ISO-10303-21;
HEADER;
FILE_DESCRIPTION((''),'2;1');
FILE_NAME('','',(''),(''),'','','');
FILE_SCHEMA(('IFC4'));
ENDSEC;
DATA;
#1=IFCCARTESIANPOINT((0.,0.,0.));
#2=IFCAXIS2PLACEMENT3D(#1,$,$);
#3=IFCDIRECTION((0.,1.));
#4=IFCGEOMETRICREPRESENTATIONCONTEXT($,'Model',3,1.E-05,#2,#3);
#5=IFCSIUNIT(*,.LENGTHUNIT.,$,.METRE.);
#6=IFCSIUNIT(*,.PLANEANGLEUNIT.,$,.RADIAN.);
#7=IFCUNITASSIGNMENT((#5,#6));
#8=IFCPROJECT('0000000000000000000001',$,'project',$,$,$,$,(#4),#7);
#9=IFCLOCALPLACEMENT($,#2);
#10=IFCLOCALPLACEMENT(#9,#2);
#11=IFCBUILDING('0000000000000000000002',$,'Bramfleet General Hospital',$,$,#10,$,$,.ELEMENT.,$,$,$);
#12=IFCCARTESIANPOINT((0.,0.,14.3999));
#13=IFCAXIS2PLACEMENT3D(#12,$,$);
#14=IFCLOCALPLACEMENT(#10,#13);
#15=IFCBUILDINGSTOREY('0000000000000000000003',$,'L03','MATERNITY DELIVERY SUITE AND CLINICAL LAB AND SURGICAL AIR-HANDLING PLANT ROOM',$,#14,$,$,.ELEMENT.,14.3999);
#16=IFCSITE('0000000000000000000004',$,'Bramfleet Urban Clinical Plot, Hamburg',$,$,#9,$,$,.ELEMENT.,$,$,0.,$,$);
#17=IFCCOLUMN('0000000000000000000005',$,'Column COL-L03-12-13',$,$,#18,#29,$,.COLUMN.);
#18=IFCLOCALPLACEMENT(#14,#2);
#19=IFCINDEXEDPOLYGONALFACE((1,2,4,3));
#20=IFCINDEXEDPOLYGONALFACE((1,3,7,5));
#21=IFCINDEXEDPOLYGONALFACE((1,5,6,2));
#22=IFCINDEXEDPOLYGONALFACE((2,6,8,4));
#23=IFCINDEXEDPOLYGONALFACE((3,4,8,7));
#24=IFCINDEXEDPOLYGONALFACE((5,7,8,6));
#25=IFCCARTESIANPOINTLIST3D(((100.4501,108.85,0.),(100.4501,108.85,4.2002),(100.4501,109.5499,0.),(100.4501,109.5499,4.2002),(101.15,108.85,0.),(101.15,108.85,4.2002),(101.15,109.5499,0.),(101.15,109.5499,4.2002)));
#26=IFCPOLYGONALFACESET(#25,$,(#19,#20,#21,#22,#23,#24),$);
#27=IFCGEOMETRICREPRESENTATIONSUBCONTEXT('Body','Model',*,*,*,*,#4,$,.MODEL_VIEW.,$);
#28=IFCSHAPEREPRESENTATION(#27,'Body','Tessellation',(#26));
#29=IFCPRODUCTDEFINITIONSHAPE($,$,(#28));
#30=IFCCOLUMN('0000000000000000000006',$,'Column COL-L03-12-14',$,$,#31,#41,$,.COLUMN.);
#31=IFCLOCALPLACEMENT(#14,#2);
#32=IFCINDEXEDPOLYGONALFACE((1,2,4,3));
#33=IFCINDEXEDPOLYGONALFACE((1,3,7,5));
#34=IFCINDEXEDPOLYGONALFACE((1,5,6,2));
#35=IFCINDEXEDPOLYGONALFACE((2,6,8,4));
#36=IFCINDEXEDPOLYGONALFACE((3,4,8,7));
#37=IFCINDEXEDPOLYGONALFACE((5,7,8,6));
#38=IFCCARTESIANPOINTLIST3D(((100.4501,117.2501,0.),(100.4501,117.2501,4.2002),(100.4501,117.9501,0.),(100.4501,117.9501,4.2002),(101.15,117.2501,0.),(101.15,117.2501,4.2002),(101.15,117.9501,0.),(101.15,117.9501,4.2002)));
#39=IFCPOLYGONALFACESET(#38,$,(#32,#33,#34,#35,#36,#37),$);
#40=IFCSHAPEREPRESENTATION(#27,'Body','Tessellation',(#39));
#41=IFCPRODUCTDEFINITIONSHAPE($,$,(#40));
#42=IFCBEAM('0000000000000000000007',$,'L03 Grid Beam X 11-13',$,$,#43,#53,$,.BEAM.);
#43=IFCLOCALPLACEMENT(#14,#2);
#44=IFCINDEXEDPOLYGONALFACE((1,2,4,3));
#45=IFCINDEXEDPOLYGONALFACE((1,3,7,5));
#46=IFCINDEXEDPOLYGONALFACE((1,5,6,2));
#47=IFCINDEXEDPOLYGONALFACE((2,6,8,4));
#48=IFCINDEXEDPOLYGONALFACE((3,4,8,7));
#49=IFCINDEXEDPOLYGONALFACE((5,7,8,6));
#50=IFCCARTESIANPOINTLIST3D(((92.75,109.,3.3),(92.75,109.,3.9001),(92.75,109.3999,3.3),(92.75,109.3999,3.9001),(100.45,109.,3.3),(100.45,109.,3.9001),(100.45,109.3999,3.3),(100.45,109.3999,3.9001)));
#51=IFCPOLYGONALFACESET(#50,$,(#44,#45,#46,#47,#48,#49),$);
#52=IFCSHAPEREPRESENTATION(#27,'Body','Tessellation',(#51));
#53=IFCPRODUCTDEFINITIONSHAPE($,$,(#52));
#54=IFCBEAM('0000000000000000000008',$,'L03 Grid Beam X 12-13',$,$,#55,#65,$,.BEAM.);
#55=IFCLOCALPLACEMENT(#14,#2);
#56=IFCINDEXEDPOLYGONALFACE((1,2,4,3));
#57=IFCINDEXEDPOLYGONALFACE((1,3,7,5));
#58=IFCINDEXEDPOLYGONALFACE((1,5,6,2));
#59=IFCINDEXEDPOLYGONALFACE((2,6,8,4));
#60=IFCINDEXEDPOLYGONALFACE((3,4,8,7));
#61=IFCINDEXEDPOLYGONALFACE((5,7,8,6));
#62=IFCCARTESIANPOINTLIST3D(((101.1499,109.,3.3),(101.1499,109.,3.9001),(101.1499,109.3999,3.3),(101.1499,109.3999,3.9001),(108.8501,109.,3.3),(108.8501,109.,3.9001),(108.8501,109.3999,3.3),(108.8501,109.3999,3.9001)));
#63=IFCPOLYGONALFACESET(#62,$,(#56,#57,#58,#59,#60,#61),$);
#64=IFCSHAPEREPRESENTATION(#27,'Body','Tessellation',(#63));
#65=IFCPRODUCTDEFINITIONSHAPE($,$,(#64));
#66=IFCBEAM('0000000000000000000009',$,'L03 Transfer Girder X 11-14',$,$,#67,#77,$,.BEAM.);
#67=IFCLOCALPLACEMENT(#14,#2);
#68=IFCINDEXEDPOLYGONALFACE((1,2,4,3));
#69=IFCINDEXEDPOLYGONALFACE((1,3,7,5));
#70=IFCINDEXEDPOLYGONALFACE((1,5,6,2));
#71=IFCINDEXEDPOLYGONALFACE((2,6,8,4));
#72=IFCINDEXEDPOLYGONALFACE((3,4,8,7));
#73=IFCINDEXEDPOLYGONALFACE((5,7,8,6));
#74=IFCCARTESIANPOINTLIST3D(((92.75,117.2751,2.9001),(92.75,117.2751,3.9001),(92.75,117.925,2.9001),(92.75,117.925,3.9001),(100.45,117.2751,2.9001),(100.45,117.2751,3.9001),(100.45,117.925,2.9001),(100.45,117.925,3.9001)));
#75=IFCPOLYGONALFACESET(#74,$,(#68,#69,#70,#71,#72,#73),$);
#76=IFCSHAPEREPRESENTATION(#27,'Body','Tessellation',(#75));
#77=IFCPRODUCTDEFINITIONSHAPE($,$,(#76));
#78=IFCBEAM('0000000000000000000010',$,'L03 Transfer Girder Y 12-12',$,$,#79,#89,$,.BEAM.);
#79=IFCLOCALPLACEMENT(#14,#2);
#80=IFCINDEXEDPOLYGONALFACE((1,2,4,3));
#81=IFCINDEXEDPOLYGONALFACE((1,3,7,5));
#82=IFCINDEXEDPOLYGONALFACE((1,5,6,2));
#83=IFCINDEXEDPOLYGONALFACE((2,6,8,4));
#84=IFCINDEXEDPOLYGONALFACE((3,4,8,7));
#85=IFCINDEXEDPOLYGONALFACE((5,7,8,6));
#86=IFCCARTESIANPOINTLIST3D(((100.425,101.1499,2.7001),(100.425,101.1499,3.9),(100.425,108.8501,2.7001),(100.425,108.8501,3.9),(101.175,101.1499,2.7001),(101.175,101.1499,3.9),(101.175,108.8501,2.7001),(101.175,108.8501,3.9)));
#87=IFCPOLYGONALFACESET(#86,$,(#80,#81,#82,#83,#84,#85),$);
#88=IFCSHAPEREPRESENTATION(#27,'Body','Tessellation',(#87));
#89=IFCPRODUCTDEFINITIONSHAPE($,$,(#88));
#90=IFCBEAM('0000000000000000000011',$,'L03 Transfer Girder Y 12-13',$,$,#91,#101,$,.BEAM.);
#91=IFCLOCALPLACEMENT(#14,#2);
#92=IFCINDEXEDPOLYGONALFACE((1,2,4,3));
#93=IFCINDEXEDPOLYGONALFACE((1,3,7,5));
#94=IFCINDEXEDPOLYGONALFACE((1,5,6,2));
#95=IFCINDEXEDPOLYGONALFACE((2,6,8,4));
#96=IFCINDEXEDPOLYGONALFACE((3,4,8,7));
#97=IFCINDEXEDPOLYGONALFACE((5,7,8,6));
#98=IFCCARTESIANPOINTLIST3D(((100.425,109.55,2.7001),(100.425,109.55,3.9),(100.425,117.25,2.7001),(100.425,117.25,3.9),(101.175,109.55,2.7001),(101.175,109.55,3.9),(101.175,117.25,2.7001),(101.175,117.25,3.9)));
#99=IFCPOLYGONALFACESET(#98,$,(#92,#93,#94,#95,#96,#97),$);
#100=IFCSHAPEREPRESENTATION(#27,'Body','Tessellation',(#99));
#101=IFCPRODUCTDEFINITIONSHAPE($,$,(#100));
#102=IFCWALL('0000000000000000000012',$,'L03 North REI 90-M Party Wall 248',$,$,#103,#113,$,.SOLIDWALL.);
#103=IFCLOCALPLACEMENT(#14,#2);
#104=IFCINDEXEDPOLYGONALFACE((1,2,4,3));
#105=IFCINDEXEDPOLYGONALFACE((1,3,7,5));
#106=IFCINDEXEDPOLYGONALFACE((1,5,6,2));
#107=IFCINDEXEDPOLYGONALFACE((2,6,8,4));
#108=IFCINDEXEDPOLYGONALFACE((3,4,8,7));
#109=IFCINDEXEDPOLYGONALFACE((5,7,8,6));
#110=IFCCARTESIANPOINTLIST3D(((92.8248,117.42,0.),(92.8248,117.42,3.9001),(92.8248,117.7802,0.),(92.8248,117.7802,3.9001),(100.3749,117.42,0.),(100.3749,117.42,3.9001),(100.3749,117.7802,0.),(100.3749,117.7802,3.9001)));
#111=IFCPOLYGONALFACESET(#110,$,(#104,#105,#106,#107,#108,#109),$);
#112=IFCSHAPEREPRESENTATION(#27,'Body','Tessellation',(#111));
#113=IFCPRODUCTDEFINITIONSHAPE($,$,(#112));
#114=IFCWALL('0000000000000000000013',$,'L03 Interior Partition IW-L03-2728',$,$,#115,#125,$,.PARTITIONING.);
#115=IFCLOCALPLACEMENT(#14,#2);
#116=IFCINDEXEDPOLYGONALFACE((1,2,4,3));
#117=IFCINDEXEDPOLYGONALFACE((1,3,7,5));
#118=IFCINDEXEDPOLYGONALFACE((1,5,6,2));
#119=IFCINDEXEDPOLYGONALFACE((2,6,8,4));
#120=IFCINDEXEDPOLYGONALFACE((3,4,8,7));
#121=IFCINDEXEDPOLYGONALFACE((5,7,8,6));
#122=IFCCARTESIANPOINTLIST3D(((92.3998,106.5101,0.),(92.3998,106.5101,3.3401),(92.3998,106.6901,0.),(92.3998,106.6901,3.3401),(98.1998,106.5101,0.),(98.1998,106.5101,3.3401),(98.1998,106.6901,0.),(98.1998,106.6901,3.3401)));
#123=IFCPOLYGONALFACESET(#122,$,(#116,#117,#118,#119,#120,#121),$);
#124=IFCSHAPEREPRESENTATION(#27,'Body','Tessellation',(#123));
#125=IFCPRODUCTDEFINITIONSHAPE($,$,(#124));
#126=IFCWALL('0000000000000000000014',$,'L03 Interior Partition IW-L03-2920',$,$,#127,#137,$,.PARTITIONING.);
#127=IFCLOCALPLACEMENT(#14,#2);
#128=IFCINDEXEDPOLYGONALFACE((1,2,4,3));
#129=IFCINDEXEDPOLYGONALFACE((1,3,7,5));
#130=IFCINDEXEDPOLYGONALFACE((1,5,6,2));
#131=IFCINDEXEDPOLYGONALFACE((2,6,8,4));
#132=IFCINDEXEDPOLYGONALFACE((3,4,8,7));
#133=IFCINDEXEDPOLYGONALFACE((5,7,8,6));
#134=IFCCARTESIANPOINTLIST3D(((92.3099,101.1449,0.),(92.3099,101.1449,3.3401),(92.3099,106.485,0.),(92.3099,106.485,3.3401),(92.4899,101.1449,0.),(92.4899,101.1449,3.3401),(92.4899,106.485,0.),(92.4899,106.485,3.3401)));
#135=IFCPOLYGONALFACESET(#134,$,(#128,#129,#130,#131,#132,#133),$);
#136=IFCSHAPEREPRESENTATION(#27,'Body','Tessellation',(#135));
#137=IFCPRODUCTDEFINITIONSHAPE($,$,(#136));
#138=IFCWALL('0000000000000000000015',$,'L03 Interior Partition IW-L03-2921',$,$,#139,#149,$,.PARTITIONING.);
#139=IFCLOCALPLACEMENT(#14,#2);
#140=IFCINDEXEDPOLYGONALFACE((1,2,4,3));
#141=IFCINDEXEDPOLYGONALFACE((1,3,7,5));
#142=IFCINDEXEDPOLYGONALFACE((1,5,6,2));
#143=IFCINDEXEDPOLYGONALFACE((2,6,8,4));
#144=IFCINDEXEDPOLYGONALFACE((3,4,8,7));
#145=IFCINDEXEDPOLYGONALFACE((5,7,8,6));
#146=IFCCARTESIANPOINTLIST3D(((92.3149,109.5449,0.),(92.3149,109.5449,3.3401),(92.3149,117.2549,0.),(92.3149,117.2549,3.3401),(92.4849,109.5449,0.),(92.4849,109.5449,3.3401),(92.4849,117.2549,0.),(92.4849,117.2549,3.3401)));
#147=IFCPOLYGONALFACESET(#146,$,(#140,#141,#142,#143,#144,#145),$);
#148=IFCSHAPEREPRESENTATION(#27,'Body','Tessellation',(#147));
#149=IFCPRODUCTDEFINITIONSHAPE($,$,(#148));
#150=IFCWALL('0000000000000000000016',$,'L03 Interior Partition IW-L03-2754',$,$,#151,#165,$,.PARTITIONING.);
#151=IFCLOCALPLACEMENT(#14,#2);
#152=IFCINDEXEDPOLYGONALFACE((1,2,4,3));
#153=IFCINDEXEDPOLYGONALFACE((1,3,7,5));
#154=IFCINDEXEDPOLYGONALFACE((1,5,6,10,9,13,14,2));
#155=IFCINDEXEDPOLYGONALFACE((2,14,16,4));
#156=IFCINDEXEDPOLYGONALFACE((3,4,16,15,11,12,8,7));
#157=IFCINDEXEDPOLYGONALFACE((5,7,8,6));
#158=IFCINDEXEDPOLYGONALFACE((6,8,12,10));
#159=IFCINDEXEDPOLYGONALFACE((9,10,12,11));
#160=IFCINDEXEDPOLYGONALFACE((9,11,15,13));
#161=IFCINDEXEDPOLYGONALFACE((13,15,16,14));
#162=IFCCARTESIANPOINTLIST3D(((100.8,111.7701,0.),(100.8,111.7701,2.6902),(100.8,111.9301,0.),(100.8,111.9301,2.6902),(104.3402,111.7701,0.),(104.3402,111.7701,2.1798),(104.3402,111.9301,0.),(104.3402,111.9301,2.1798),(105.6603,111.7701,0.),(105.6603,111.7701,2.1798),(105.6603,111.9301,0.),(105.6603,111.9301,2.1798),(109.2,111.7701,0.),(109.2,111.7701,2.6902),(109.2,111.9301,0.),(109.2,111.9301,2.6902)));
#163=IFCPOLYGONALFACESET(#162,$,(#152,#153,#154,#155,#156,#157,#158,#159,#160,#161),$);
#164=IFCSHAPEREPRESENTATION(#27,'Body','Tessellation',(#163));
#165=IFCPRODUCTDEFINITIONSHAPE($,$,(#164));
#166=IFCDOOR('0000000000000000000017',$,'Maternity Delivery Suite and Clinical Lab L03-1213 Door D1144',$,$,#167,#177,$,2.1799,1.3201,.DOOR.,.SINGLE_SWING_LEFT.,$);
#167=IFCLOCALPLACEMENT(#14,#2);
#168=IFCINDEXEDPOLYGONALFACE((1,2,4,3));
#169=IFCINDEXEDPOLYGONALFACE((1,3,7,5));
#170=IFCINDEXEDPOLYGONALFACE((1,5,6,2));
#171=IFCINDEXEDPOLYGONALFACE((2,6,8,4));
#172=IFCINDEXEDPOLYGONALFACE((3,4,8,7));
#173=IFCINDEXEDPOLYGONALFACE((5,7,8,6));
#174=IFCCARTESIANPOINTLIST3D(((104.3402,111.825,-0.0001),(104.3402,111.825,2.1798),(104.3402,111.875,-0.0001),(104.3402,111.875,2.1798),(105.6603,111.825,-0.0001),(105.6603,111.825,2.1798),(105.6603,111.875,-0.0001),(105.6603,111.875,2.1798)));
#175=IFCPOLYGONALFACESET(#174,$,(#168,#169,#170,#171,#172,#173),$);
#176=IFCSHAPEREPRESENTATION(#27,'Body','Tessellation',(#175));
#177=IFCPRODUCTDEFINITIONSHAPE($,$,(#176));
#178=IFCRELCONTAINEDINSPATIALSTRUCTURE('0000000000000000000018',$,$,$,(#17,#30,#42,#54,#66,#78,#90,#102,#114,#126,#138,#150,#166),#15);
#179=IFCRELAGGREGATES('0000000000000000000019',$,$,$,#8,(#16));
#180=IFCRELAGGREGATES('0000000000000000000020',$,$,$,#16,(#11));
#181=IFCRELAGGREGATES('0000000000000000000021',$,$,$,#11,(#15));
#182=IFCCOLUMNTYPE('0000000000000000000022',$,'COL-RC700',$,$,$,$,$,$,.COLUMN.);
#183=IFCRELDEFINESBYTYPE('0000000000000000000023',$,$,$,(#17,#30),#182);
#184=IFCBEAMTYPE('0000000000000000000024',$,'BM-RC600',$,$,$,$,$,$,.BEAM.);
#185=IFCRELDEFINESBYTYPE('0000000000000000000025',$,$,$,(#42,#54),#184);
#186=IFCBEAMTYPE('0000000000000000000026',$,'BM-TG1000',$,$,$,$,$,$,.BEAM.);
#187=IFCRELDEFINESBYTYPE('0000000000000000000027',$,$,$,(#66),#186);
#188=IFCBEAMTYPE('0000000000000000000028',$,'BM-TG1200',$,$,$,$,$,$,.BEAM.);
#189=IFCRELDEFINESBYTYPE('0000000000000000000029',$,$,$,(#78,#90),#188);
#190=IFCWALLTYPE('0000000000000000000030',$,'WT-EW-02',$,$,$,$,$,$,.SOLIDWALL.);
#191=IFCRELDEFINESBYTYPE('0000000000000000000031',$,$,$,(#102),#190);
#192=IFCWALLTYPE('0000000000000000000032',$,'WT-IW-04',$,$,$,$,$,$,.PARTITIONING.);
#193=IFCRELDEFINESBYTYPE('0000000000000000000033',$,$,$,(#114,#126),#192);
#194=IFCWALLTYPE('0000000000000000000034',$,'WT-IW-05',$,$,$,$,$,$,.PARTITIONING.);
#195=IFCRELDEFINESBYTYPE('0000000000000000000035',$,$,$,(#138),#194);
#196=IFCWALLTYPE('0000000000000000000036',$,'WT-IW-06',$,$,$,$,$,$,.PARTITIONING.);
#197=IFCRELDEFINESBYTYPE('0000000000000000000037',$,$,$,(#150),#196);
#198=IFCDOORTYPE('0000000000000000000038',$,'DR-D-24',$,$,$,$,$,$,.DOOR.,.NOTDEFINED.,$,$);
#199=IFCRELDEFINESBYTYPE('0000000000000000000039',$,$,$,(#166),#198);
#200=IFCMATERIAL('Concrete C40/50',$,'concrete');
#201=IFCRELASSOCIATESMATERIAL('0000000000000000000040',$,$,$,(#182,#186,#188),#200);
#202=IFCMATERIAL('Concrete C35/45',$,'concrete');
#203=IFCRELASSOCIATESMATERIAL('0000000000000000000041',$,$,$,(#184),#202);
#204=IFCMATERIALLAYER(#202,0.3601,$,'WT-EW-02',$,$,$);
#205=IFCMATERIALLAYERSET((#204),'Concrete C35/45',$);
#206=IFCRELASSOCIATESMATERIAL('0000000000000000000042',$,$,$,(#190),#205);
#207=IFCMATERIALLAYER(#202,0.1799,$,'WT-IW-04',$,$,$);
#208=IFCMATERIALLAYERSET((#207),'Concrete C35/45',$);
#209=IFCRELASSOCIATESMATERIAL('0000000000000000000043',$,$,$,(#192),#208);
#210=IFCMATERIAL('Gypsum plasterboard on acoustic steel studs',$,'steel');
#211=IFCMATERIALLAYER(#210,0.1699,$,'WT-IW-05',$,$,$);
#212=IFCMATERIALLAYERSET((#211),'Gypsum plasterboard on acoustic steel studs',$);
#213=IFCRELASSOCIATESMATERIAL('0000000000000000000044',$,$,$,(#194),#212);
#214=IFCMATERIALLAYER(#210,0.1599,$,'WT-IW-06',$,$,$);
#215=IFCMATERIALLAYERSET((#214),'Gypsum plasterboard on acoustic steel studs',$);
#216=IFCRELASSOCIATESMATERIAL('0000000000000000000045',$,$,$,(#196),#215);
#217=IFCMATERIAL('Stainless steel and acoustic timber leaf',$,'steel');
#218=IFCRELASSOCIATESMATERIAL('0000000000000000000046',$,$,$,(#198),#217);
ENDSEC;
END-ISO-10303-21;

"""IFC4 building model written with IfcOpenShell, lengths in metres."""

from ifc_helpers import new_model, si_unit, direction, frame, frame_2d, origin, origin_2d, place, context, subcontext, project, spatial, rectangle, extrude, material, layer, layer_set, material_profile, profile_set, type_object, element, fill, save


model = new_model("IFC4")

# Units and contexts
model_context = context("Model", 3, precision=1e-05, world=origin(), true_north=direction((0.0, 1.0)))
body_context = subcontext(model_context, "Body", "Model", "MODEL_VIEW")
ifc_project = project(units=[si_unit("LENGTHUNIT", "METRE"), si_unit("PLANEANGLEUNIT", "RADIAN")], contexts=[model_context])

# Site, building, storey
site_placement = place(None, origin())
site = spatial("IfcSite", under=ifc_project, at=site_placement, Name="Bramfleet Urban Clinical Plot, Hamburg", CompositionType="ELEMENT", RefElevation=0.0)
building_placement = place(site_placement, origin())
building = spatial("IfcBuilding", under=site, at=building_placement, Name="Bramfleet General Hospital", CompositionType="ELEMENT")
storey_placement = place(building_placement, frame((0.0, 0.0, 14.3999)))
storey = spatial("IfcBuildingStorey", under=building, at=storey_placement, Name="L03", Description="MATERNITY DELIVERY SUITE AND CLINICAL LAB AND SURGICAL AIR-HANDLING PLANT ROOM", CompositionType="ELEMENT", Elevation=14.3999)

# Columns
ifc_material_1 = material(Name="Concrete C40/50", Category="concrete")
ifc_material_profile_1 = material_profile(ifc_material_1, rectangle(XDim=0.7, YDim=0.7, at=origin_2d()), Name="RC COL 700x700")
ifc_profile_set_1 = profile_set([ifc_material_profile_1], Name="Concrete C40/50")
column_type = type_object("IfcColumnType", Name="COL-RC700", PredefinedType="COLUMN", material=ifc_profile_set_1)
for number, where, z_axis, x_axis, name in (
    (1, (100.8, 109.2, 0.0), (0.0, 0.0, 1.0), (1.0, 0.0, 0.0), "Column COL-L03-12-13"),
    (2, (100.8, 117.6001, 0.0), (0.0, 0.0, 1.0), (1.0, 0.0, 0.0), "Column COL-L03-12-14"),
):
    element("IfcColumn", number, at=place(storey_placement, frame(where, z_axis=z_axis, x_axis=x_axis)), inside=storey, type_object=column_type, Name=name, PredefinedType="COLUMN", context=body_context, shape_type="SweptSolid", body=[
        extrude(rectangle(XDim=0.7, YDim=0.7, at=origin_2d()), origin(), (0.0, 0.0, 1.0), 4.2002),
    ])

# Beams
ifc_material_2 = material(Name="Concrete C35/45", Category="concrete")
ifc_material_profile_2 = material_profile(ifc_material_2, rectangle(XDim=0.3999, YDim=0.6001, at=origin_2d()), Name="RC BM 600x400")
ifc_profile_set_2 = profile_set([ifc_material_profile_2], Name="Concrete C35/45")
beam_type_1 = type_object("IfcBeamType", Name="BM-RC600", PredefinedType="BEAM", material=ifc_profile_set_2)
beam_1_placement = place(storey_placement, frame((92.75, 109.2, 3.6001), z_axis=(1.0, 0.0, 0.0), x_axis=(0.0, 1.0, 0.0)))
element("IfcBeam", 3, at=beam_1_placement, inside=storey, type_object=beam_type_1, Name="L03 Grid Beam X 11-13", PredefinedType="BEAM", context=body_context, shape_type="SweptSolid", body=[
    extrude(rectangle(XDim=0.3999, YDim=0.6001, at=origin_2d()), origin(), (0.0, 0.0, 1.0), 7.7),
])
beam_2_placement = place(storey_placement, frame((101.1499, 109.2, 3.6001), z_axis=(1.0, 0.0, 0.0), x_axis=(0.0, 1.0, 0.0)))
element("IfcBeam", 4, at=beam_2_placement, inside=storey, type_object=beam_type_1, Name="L03 Grid Beam X 12-13", PredefinedType="BEAM", context=body_context, shape_type="SweptSolid", body=[
    extrude(rectangle(XDim=0.3999, YDim=0.6001, at=origin_2d()), origin(), (0.0, 0.0, 1.0), 7.7002),
])
ifc_material_profile_3 = material_profile(ifc_material_1, rectangle(XDim=0.6499, YDim=1.0, at=origin_2d()), Name="RC TG 1000x650")
ifc_profile_set_3 = profile_set([ifc_material_profile_3], Name="Concrete C40/50")
beam_type_2 = type_object("IfcBeamType", Name="BM-TG1000", PredefinedType="BEAM", material=ifc_profile_set_3)
beam_3_placement = place(storey_placement, frame((92.75, 117.6001, 3.4001), z_axis=(1.0, 0.0, 0.0), x_axis=(0.0, 1.0, 0.0)))
element("IfcBeam", 5, at=beam_3_placement, inside=storey, type_object=beam_type_2, Name="L03 Transfer Girder X 11-14", PredefinedType="BEAM", context=body_context, shape_type="SweptSolid", body=[
    extrude(rectangle(XDim=0.6499, YDim=1.0, at=origin_2d()), origin(), (0.0, 0.0, 1.0), 7.7),
])
ifc_material_profile_4 = material_profile(ifc_material_1, rectangle(XDim=0.75, YDim=1.2, at=origin_2d()), Name="RC TG 1200x750")
ifc_profile_set_4 = profile_set([ifc_material_profile_4], Name="Concrete C40/50")
beam_type_3 = type_object("IfcBeamType", Name="BM-TG1200", PredefinedType="BEAM", material=ifc_profile_set_4)
beam_4_placement = place(storey_placement, frame((100.8, 101.1499, 3.3), z_axis=(0.0, 1.0, 0.0), x_axis=(-1.0, 0.0, 0.0)))
element("IfcBeam", 6, at=beam_4_placement, inside=storey, type_object=beam_type_3, Name="L03 Transfer Girder Y 12-12", PredefinedType="BEAM", context=body_context, shape_type="SweptSolid", body=[
    extrude(rectangle(XDim=0.75, YDim=1.2, at=origin_2d()), origin(), (0.0, 0.0, 1.0), 7.7002),
])
beam_5_placement = place(storey_placement, frame((100.8, 109.55, 3.3), z_axis=(0.0, 1.0, 0.0), x_axis=(-1.0, 0.0, 0.0)))
element("IfcBeam", 7, at=beam_5_placement, inside=storey, type_object=beam_type_3, Name="L03 Transfer Girder Y 12-13", PredefinedType="BEAM", context=body_context, shape_type="SweptSolid", body=[
    extrude(rectangle(XDim=0.75, YDim=1.2, at=origin_2d()), origin(), (0.0, 0.0, 1.0), 7.7),
])

# Walls
ifc_layer_1 = layer(ifc_material_2, 0.3601, Name="WT-EW-02")
ifc_layer_set_1 = layer_set([ifc_layer_1], Name="Concrete C35/45")
wall_type_1 = type_object("IfcWallType", Name="WT-EW-02", PredefinedType="SOLIDWALL", material=ifc_layer_set_1)
wall_1_placement = place(storey_placement, frame((92.825, 117.6001, 0.0), z_axis=(0.0, 0.0, 1.0), x_axis=(1.0, 0.0, 0.0)))
element("IfcWall", 8, at=wall_1_placement, inside=storey, type_object=wall_type_1, Name="L03 North REI 90-M Party Wall 248", PredefinedType="SOLIDWALL", context=body_context, shape_type="SweptSolid", body=[
    extrude(rectangle(XDim=7.55, YDim=0.3601, at=frame_2d((3.7749, 0.0))), origin(), (0.0, 0.0, 1.0), 3.9001),
])
ifc_layer_2 = layer(ifc_material_2, 0.1799, Name="WT-IW-04")
ifc_layer_set_2 = layer_set([ifc_layer_2], Name="Concrete C35/45")
wall_type_2 = type_object("IfcWallType", Name="WT-IW-04", PredefinedType="PARTITIONING", material=ifc_layer_set_2)
wall_2_placement = place(storey_placement, frame((92.3999, 106.6001, 0.0), z_axis=(0.0, 0.0, 1.0), x_axis=(1.0, 0.0, 0.0)))
element("IfcWall", 9, at=wall_2_placement, inside=storey, type_object=wall_type_2, Name="L03 Interior Partition IW-L03-2728", PredefinedType="PARTITIONING", context=body_context, shape_type="SweptSolid", body=[
    extrude(rectangle(XDim=5.8, YDim=0.1799, at=frame_2d((2.8999, 0.0))), origin(), (0.0, 0.0, 1.0), 3.3401),
])
wall_3_placement = place(storey_placement, frame((92.3999, 101.145, 0.0), z_axis=(0.0, 0.0, 1.0), x_axis=(0.0, 1.0, 0.0)))
element("IfcWall", 10, at=wall_3_placement, inside=storey, type_object=wall_type_2, Name="L03 Interior Partition IW-L03-2920", PredefinedType="PARTITIONING", context=body_context, shape_type="SweptSolid", body=[
    extrude(rectangle(XDim=5.3401, YDim=0.1799, at=frame_2d((2.6699, 0.0))), origin(), (0.0, 0.0, 1.0), 3.3401),
])
ifc_material_3 = material(Name="Gypsum plasterboard on acoustic steel studs", Category="steel")
ifc_layer_3 = layer(ifc_material_3, 0.1699, Name="WT-IW-05")
ifc_layer_set_3 = layer_set([ifc_layer_3], Name="Gypsum plasterboard on acoustic steel studs")
wall_type_3 = type_object("IfcWallType", Name="WT-IW-05", PredefinedType="PARTITIONING", material=ifc_layer_set_3)
wall_4_placement = place(storey_placement, frame((92.3999, 109.5449, 0.0), z_axis=(0.0, 0.0, 1.0), x_axis=(0.0, 1.0, 0.0)))
element("IfcWall", 11, at=wall_4_placement, inside=storey, type_object=wall_type_3, Name="L03 Interior Partition IW-L03-2921", PredefinedType="PARTITIONING", context=body_context, shape_type="SweptSolid", body=[
    extrude(rectangle(XDim=7.71, YDim=0.1699, at=frame_2d((3.855, 0.0))), origin(), (0.0, 0.0, 1.0), 3.3401),
])

# Wall, opening, door
ifc_layer_4 = layer(ifc_material_3, 0.1599, Name="WT-IW-06")
ifc_layer_set_4 = layer_set([ifc_layer_4], Name="Gypsum plasterboard on acoustic steel studs")
wall_type_4 = type_object("IfcWallType", Name="WT-IW-06", PredefinedType="PARTITIONING", material=ifc_layer_set_4)
wall_5_placement = place(storey_placement, frame((100.8, 111.8501, 0.0), z_axis=(0.0, 0.0, 1.0), x_axis=(1.0, 0.0, 0.0)))
wall_5 = element("IfcWall", 12, at=wall_5_placement, inside=storey, type_object=wall_type_4, Name="L03 Interior Partition IW-L03-2754", PredefinedType="PARTITIONING", context=body_context, shape_type="SweptSolid", body=[
    extrude(rectangle(XDim=8.3999, YDim=0.1599, at=frame_2d((4.2, 0.0))), origin(), (0.0, 0.0, 1.0), 2.6902),
])
opening_1_placement = place(wall_5_placement, frame((3.54, 0.0, 0.0)))
opening_1 = element("IfcOpeningElement", 13, at=opening_1_placement, cuts=wall_5, PredefinedType="OPENING", context=body_context, shape_type="SweptSolid", body=[
    extrude(rectangle(XDim=1.3201, YDim=2.1799, at=frame_2d((0.6602, 1.0898))), frame((0.0, 0.0898, 0.0), z_axis=(0.0, -1.0, 0.0), x_axis=(1.0, 0.0, 0.0)), (0.0, 0.0, 1.0), 0.1799),
])
ifc_material_4 = material(Name="Stainless steel and acoustic timber leaf", Category="steel")
door_type_1 = type_object("IfcDoorType", Name="DR-D-24", OperationType="NOTDEFINED", PredefinedType="DOOR", material=ifc_material_4)
door_1_placement = place(opening_1_placement, origin())
door_1 = element("IfcDoor", 14, at=door_1_placement, inside=storey, type_object=door_type_1, Name="Maternity Delivery Suite and Clinical Lab L03-1213 Door D1144", OperationType="SINGLE_SWING_LEFT", OverallHeight=2.1799, OverallWidth=1.3201, PredefinedType="DOOR", context=body_context, shape_type="SweptSolid", body=[
    extrude(rectangle(XDim=1.3201, YDim=2.1799, at=frame_2d((0.6602, 1.0898))), frame((0.0, 0.0249, 0.0), z_axis=(0.0, -1.0, 0.0), x_axis=(1.0, 0.0, 0.0)), (0.0, 0.0, 1.0), 0.05),
])
fill(opening_1, door_1)

save(model, "model.ifc")
